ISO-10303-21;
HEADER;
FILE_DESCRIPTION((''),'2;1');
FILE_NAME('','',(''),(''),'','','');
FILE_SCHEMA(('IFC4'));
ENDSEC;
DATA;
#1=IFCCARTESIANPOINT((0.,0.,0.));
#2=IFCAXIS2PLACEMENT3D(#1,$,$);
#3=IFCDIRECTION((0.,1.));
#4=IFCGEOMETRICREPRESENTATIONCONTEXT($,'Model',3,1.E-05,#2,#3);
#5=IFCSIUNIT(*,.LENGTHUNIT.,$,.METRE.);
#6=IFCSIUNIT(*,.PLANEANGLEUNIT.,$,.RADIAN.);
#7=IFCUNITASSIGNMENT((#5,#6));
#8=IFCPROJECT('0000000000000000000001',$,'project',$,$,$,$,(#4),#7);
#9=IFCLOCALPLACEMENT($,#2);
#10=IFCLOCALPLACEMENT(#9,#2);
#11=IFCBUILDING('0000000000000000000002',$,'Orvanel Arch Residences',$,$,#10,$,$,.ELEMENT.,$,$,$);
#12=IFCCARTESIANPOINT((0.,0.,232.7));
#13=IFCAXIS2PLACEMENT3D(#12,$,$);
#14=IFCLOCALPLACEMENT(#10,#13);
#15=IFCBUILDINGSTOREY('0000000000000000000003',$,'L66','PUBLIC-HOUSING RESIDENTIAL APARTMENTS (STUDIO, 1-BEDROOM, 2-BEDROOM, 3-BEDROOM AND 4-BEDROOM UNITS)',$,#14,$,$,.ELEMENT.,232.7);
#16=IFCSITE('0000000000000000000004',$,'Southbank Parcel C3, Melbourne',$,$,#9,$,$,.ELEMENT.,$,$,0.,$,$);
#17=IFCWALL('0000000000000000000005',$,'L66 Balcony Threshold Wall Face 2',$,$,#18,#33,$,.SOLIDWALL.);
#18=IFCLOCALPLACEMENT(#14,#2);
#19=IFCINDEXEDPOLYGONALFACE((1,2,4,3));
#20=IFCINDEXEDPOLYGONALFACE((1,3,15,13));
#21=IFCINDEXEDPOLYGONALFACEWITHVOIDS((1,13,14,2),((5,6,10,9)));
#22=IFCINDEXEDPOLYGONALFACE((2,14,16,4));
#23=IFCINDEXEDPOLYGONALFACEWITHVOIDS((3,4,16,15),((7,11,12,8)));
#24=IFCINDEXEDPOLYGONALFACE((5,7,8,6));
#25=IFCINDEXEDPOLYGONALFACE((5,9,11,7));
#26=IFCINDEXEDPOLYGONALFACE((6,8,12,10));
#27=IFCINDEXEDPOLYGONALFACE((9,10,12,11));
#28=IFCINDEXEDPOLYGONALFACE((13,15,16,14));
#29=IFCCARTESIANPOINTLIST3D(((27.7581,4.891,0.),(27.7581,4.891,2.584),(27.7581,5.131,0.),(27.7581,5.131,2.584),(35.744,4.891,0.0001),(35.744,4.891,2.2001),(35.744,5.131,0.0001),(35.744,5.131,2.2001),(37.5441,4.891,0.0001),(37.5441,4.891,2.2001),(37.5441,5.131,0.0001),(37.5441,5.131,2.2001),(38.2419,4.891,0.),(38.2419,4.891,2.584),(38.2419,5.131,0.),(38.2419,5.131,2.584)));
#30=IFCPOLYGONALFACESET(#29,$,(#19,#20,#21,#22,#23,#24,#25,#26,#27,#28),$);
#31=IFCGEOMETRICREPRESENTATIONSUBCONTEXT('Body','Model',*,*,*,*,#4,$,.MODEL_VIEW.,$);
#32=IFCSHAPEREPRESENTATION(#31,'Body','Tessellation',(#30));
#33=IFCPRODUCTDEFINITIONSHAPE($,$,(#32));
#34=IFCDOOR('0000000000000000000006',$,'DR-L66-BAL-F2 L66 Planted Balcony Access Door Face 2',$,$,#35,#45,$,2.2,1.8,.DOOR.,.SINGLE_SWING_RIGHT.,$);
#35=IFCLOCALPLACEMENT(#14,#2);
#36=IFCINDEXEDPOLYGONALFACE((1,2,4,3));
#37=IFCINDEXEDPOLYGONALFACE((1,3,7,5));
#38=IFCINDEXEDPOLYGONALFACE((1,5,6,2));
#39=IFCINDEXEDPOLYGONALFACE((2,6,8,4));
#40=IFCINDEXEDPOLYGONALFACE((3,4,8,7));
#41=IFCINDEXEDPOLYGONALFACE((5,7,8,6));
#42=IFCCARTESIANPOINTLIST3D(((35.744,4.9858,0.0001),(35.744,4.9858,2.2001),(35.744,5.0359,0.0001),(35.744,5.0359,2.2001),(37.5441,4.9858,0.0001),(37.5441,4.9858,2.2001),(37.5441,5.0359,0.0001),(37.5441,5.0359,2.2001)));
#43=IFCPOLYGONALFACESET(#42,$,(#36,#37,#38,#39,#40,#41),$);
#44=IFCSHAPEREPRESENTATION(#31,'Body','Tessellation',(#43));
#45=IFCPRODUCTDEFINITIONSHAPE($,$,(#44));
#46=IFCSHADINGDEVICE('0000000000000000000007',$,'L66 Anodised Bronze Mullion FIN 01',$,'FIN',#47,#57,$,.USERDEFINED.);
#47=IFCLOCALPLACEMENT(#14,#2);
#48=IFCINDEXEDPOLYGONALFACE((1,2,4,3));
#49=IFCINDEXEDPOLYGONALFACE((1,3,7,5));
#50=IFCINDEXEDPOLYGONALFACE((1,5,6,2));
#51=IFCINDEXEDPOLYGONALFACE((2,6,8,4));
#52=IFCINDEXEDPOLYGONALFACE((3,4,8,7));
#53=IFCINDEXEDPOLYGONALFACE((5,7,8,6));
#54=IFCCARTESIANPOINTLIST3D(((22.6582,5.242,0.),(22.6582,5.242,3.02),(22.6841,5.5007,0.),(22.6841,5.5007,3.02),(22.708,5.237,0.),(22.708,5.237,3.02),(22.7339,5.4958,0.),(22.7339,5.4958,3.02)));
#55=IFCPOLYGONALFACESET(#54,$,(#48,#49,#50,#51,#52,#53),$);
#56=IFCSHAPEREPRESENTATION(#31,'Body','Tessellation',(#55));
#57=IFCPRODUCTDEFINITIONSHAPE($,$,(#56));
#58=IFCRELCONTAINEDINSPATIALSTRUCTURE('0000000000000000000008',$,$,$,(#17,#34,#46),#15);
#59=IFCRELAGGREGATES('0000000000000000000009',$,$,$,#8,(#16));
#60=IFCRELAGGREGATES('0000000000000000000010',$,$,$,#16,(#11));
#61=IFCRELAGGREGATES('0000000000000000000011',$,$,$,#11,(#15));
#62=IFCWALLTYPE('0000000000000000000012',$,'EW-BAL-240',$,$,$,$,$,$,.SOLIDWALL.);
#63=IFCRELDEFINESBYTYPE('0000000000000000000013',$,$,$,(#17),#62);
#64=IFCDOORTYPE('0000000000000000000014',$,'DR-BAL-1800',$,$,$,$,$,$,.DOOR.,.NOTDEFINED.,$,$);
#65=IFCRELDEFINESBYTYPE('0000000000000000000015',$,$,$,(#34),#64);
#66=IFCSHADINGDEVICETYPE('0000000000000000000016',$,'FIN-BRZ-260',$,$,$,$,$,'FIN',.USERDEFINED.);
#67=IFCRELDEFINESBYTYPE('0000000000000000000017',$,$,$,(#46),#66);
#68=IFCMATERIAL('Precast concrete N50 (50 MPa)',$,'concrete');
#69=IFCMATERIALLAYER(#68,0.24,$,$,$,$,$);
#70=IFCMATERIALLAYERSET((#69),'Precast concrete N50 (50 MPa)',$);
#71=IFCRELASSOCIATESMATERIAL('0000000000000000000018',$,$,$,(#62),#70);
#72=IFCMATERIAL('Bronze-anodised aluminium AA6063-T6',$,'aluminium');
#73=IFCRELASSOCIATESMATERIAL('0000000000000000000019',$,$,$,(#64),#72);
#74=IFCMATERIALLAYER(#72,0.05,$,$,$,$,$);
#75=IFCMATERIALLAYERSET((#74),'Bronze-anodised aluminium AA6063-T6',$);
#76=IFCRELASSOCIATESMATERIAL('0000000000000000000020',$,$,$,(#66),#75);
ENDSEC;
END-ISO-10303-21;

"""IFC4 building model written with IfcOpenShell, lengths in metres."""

from ifc_helpers import new_model, si_unit, direction, frame, frame_2d, origin, origin_2d, place, context, subcontext, project, spatial, rectangle, extrude, material, layer, layer_set, type_object, element, fill, save


model = new_model("IFC4")

# Units and contexts
model_context = context("Model", 3, precision=1e-05, world=origin(), true_north=direction((0.0, 1.0)))
body_context = subcontext(model_context, "Body", "Model", "MODEL_VIEW")
ifc_project = project(units=[si_unit("LENGTHUNIT", "METRE"), si_unit("PLANEANGLEUNIT", "RADIAN")], contexts=[model_context])

# Site, building, storey
site_placement = place(None, origin())
site = spatial("IfcSite", under=ifc_project, at=site_placement, Name="Southbank Parcel C3, Melbourne", CompositionType="ELEMENT", RefElevation=0.0)
building_placement = place(site_placement, origin())
building = spatial("IfcBuilding", under=site, at=building_placement, Name="Orvanel Arch Residences", CompositionType="ELEMENT")
storey_placement = place(building_placement, frame((0.0, 0.0, 232.7)))
storey = spatial("IfcBuildingStorey", under=building, at=storey_placement, Name="L66", Description="PUBLIC-HOUSING RESIDENTIAL APARTMENTS (STUDIO, 1-BEDROOM, 2-BEDROOM, 3-BEDROOM AND 4-BEDROOM UNITS)", CompositionType="ELEMENT", Elevation=232.7)

# Shared definitions
ifc_material_1 = material(Name="Bronze-anodised aluminium AA6063-T6", Category="aluminium")

# Wall, opening, door
ifc_material_2 = material(Name="Precast concrete N50 (50 MPa)", Category="concrete")
ifc_layer_1 = layer(ifc_material_2, 0.24)
ifc_layer_set_1 = layer_set([ifc_layer_1], Name="Precast concrete N50 (50 MPa)")
wall_type = type_object("IfcWallType", Name="EW-BAL-240", PredefinedType="SOLIDWALL", material=ifc_layer_set_1)
wall_placement = place(storey_placement, frame((27.7581, 5.011, 0.0), z_axis=(0.0, 0.0, 1.0), x_axis=(1.0, 0.0, 0.0)))
wall = element("IfcWall", 1, at=wall_placement, inside=storey, type_object=wall_type, Name="L66 Balcony Threshold Wall Face 2", PredefinedType="SOLIDWALL", context=body_context, shape_type="SweptSolid", body=[
    extrude(rectangle(XDim=10.4839, YDim=0.24, at=frame_2d((5.2419, 0.0))), origin(), (0.0, 0.0, 1.0), 2.584),
])
opening_placement = place(wall_placement, frame((7.9861, 0.0, 0.0)))
opening = element("IfcOpeningElement", 2, at=opening_placement, cuts=wall, PredefinedType="OPENING", context=body_context, shape_type="SweptSolid", body=[
    extrude(rectangle(XDim=1.8, YDim=2.2, at=frame_2d((0.8999, 1.1001))), frame((0.0, 0.1299, 0.0), z_axis=(0.0, -1.0, 0.0), x_axis=(1.0, 0.0, 0.0)), (0.0, 0.0, 1.0), 0.26),
])
door_type = type_object("IfcDoorType", Name="DR-BAL-1800", OperationType="NOTDEFINED", PredefinedType="DOOR", material=ifc_material_1)
door_placement = place(opening_placement, origin())
door = element("IfcDoor", 3, at=door_placement, inside=storey, type_object=door_type, Name="DR-L66-BAL-F2 L66 Planted Balcony Access Door Face 2", OperationType="SINGLE_SWING_RIGHT", OverallHeight=2.2, OverallWidth=1.8, PredefinedType="DOOR", context=body_context, shape_type="SweptSolid", body=[
    extrude(rectangle(XDim=1.8, YDim=2.2, at=frame_2d((0.8999, 1.1001))), frame((0.0, 0.0249, 0.0), z_axis=(0.0, -1.0, 0.0), x_axis=(1.0, 0.0, 0.0)), (0.0, 0.0, 1.0), 0.05),
])
fill(opening, door)

# Shading device
ifc_layer_2 = layer(ifc_material_1, 0.05)
ifc_layer_set_2 = layer_set([ifc_layer_2], Name="Bronze-anodised aluminium AA6063-T6")
shading_device_type = type_object("IfcShadingDeviceType", Name="FIN-BRZ-260", ElementType="FIN", PredefinedType="USERDEFINED", material=ifc_layer_set_2)
shading_device_placement = place(storey_placement, frame((22.696, 5.3689, 0.0), z_axis=(0.0, 0.0, 1.0), x_axis=(-0.09932, -0.995056, 0.0)))
element("IfcShadingDevice", 4, at=shading_device_placement, inside=storey, type_object=shading_device_type, Name="L66 Anodised Bronze Mullion FIN 01", ObjectType="FIN", PredefinedType="USERDEFINED", context=body_context, shape_type="SweptSolid", body=[
    extrude(rectangle(XDim=0.26, YDim=0.05, at=origin_2d()), origin(), (0.0, 0.0, 1.0), 3.02),
])

save(model, "model.ifc")
